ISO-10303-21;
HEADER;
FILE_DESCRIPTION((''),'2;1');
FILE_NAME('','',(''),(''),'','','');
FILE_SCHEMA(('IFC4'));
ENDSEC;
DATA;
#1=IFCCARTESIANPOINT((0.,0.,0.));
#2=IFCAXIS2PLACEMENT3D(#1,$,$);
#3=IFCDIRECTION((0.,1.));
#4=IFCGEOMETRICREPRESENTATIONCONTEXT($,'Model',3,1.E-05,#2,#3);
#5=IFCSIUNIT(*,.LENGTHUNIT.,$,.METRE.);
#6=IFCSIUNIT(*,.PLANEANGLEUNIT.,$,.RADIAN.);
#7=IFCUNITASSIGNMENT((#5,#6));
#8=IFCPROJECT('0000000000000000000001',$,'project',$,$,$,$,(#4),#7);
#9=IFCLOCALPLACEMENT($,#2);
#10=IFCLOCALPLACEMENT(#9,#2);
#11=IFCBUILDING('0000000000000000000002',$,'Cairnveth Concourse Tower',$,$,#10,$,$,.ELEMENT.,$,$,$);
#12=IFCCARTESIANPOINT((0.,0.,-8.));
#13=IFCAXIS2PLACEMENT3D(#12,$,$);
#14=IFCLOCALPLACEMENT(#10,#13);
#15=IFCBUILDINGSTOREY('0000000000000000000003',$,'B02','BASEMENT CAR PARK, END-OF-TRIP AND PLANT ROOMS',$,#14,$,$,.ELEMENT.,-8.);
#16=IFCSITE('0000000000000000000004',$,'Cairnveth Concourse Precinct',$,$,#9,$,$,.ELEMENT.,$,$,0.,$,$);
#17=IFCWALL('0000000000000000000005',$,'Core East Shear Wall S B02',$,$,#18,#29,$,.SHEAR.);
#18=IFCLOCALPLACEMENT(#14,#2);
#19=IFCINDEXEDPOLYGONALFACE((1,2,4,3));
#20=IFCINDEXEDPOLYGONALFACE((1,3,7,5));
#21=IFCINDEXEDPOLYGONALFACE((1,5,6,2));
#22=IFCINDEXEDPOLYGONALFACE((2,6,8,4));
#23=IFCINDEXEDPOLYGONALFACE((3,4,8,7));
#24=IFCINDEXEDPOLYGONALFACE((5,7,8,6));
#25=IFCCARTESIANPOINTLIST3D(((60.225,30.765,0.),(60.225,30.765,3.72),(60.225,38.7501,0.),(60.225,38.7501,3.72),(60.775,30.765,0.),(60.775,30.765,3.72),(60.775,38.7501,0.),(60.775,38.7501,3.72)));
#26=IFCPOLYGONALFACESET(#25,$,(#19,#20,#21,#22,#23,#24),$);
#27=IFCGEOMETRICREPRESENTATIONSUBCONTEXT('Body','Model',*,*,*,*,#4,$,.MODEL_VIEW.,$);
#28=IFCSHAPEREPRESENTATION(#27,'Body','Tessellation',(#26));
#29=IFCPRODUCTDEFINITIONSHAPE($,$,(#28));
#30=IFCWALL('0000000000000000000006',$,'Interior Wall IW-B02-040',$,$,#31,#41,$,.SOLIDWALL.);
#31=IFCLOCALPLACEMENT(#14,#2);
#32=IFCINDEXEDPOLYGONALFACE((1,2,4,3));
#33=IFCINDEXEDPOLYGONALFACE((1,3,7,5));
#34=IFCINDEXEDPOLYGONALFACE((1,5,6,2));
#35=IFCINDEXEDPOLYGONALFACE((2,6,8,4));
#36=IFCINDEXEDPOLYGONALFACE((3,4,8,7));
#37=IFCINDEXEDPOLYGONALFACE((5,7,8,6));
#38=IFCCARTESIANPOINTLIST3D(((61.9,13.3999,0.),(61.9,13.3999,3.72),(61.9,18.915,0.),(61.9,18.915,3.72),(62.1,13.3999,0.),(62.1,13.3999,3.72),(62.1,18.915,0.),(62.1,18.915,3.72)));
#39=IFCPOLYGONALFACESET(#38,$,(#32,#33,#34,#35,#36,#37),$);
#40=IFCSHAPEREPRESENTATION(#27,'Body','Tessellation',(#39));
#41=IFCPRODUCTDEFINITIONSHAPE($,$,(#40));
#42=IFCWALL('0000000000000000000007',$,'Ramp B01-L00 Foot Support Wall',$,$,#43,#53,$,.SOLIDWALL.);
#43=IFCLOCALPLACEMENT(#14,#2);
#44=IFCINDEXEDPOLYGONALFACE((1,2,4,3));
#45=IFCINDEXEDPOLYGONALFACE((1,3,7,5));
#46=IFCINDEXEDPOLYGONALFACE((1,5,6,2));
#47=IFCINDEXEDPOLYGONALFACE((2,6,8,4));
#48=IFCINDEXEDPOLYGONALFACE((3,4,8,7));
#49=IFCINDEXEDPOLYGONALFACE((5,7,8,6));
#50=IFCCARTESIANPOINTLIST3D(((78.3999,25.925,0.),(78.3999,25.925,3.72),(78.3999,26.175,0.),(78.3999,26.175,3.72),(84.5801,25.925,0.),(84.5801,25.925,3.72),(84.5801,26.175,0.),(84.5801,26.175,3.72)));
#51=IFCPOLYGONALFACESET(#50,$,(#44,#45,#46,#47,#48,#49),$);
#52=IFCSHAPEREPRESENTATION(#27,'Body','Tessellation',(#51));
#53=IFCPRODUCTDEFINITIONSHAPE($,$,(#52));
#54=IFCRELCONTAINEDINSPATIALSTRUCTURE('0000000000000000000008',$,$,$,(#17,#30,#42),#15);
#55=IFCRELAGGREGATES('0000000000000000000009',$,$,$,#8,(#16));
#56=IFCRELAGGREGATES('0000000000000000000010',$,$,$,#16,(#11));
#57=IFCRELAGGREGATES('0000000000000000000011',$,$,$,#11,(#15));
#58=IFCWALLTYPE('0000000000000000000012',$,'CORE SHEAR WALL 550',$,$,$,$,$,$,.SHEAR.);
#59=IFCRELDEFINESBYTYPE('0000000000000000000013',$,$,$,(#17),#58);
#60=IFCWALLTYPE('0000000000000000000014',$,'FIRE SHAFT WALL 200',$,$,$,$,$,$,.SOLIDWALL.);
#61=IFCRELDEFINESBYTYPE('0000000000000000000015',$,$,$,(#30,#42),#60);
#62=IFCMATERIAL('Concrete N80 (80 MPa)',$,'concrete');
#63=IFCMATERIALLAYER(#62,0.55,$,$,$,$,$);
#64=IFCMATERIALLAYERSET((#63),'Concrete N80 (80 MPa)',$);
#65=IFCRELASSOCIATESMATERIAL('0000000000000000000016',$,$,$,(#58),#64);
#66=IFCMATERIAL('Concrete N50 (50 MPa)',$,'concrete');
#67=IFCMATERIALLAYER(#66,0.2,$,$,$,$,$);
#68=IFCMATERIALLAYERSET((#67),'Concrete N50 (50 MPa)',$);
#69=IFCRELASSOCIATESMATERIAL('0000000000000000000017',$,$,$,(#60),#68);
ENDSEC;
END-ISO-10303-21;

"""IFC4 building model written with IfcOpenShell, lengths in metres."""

from ifc_helpers import new_model, si_unit, direction, frame, frame_2d, origin, place, context, subcontext, project, spatial, rectangle, extrude, material, layer, layer_set, type_object, element, save


model = new_model("IFC4")

# Units and contexts
model_context = context("Model", 3, precision=1e-05, world=origin(), true_north=direction((0.0, 1.0)))
body_context = subcontext(model_context, "Body", "Model", "MODEL_VIEW")
ifc_project = project(units=[si_unit("LENGTHUNIT", "METRE"), si_unit("PLANEANGLEUNIT", "RADIAN")], contexts=[model_context])

# Site, building, storey
site_placement = place(None, origin())
site = spatial("IfcSite", under=ifc_project, at=site_placement, Name="Cairnveth Concourse Precinct", CompositionType="ELEMENT", RefElevation=0.0)
building_placement = place(site_placement, origin())
building = spatial("IfcBuilding", under=site, at=building_placement, Name="Cairnveth Concourse Tower", CompositionType="ELEMENT")
storey_placement = place(building_placement, frame((0.0, 0.0, -8.0)))
storey = spatial("IfcBuildingStorey", under=building, at=storey_placement, Name="B02", Description="BASEMENT CAR PARK, END-OF-TRIP AND PLANT ROOMS", CompositionType="ELEMENT", Elevation=-8.0)

# Shared definitions
ifc_material_1 = material(Name="Concrete N50 (50 MPa)", Category="concrete")

# Shared definitions
ifc_material_2 = material(Name="Concrete N80 (80 MPa)", Category="concrete")

# Walls
ifc_layer_1 = layer(ifc_material_2, 0.55)
ifc_layer_set_1 = layer_set([ifc_layer_1], Name="Concrete N80 (80 MPa)")
wall_type_1 = type_object("IfcWallType", Name="CORE SHEAR WALL 550", PredefinedType="SHEAR", material=ifc_layer_set_1)
wall_1_placement = place(storey_placement, frame((60.5, 30.7649, 0.0), z_axis=(0.0, 0.0, 1.0), x_axis=(0.0, 1.0, 0.0)))
element("IfcWall", 1, at=wall_1_placement, inside=storey, type_object=wall_type_1, Name="Core East Shear Wall S B02", PredefinedType="SHEAR", context=body_context, shape_type="SweptSolid", body=[
    extrude(rectangle(XDim=7.9851, YDim=0.55, at=frame_2d((3.9927, 0.0))), origin(), (0.0, 0.0, 1.0), 3.72),
])
ifc_layer_2 = layer(ifc_material_1, 0.2)
ifc_layer_set_2 = layer_set([ifc_layer_2], Name="Concrete N50 (50 MPa)")
wall_type_2 = type_object("IfcWallType", Name="FIRE SHAFT WALL 200", PredefinedType="SOLIDWALL", material=ifc_layer_set_2)
wall_2_placement = place(storey_placement, frame((62.0, 13.3999, 0.0), z_axis=(0.0, 0.0, 1.0), x_axis=(0.0, 1.0, 0.0)))
element("IfcWall", 2, at=wall_2_placement, inside=storey, type_object=wall_type_2, Name="Interior Wall IW-B02-040", PredefinedType="SOLIDWALL", context=body_context, shape_type="SweptSolid", body=[
    extrude(rectangle(XDim=5.5151, YDim=0.2, at=frame_2d((2.7576, 0.0))), origin(), (0.0, 0.0, 1.0), 3.72),
])
wall_3_placement = place(storey_placement, frame((78.3999, 26.05, 0.0), z_axis=(0.0, 0.0, 1.0), x_axis=(1.0, 0.0, 0.0)))
element("IfcWall", 3, at=wall_3_placement, inside=storey, type_object=wall_type_2, Name="Ramp B01-L00 Foot Support Wall", PredefinedType="SOLIDWALL", context=body_context, shape_type="SweptSolid", body=[
    extrude(rectangle(XDim=6.1802, YDim=0.25, at=frame_2d((3.0901, 0.0))), origin(), (0.0, 0.0, 1.0), 3.72),
])

save(model, "model.ifc")
